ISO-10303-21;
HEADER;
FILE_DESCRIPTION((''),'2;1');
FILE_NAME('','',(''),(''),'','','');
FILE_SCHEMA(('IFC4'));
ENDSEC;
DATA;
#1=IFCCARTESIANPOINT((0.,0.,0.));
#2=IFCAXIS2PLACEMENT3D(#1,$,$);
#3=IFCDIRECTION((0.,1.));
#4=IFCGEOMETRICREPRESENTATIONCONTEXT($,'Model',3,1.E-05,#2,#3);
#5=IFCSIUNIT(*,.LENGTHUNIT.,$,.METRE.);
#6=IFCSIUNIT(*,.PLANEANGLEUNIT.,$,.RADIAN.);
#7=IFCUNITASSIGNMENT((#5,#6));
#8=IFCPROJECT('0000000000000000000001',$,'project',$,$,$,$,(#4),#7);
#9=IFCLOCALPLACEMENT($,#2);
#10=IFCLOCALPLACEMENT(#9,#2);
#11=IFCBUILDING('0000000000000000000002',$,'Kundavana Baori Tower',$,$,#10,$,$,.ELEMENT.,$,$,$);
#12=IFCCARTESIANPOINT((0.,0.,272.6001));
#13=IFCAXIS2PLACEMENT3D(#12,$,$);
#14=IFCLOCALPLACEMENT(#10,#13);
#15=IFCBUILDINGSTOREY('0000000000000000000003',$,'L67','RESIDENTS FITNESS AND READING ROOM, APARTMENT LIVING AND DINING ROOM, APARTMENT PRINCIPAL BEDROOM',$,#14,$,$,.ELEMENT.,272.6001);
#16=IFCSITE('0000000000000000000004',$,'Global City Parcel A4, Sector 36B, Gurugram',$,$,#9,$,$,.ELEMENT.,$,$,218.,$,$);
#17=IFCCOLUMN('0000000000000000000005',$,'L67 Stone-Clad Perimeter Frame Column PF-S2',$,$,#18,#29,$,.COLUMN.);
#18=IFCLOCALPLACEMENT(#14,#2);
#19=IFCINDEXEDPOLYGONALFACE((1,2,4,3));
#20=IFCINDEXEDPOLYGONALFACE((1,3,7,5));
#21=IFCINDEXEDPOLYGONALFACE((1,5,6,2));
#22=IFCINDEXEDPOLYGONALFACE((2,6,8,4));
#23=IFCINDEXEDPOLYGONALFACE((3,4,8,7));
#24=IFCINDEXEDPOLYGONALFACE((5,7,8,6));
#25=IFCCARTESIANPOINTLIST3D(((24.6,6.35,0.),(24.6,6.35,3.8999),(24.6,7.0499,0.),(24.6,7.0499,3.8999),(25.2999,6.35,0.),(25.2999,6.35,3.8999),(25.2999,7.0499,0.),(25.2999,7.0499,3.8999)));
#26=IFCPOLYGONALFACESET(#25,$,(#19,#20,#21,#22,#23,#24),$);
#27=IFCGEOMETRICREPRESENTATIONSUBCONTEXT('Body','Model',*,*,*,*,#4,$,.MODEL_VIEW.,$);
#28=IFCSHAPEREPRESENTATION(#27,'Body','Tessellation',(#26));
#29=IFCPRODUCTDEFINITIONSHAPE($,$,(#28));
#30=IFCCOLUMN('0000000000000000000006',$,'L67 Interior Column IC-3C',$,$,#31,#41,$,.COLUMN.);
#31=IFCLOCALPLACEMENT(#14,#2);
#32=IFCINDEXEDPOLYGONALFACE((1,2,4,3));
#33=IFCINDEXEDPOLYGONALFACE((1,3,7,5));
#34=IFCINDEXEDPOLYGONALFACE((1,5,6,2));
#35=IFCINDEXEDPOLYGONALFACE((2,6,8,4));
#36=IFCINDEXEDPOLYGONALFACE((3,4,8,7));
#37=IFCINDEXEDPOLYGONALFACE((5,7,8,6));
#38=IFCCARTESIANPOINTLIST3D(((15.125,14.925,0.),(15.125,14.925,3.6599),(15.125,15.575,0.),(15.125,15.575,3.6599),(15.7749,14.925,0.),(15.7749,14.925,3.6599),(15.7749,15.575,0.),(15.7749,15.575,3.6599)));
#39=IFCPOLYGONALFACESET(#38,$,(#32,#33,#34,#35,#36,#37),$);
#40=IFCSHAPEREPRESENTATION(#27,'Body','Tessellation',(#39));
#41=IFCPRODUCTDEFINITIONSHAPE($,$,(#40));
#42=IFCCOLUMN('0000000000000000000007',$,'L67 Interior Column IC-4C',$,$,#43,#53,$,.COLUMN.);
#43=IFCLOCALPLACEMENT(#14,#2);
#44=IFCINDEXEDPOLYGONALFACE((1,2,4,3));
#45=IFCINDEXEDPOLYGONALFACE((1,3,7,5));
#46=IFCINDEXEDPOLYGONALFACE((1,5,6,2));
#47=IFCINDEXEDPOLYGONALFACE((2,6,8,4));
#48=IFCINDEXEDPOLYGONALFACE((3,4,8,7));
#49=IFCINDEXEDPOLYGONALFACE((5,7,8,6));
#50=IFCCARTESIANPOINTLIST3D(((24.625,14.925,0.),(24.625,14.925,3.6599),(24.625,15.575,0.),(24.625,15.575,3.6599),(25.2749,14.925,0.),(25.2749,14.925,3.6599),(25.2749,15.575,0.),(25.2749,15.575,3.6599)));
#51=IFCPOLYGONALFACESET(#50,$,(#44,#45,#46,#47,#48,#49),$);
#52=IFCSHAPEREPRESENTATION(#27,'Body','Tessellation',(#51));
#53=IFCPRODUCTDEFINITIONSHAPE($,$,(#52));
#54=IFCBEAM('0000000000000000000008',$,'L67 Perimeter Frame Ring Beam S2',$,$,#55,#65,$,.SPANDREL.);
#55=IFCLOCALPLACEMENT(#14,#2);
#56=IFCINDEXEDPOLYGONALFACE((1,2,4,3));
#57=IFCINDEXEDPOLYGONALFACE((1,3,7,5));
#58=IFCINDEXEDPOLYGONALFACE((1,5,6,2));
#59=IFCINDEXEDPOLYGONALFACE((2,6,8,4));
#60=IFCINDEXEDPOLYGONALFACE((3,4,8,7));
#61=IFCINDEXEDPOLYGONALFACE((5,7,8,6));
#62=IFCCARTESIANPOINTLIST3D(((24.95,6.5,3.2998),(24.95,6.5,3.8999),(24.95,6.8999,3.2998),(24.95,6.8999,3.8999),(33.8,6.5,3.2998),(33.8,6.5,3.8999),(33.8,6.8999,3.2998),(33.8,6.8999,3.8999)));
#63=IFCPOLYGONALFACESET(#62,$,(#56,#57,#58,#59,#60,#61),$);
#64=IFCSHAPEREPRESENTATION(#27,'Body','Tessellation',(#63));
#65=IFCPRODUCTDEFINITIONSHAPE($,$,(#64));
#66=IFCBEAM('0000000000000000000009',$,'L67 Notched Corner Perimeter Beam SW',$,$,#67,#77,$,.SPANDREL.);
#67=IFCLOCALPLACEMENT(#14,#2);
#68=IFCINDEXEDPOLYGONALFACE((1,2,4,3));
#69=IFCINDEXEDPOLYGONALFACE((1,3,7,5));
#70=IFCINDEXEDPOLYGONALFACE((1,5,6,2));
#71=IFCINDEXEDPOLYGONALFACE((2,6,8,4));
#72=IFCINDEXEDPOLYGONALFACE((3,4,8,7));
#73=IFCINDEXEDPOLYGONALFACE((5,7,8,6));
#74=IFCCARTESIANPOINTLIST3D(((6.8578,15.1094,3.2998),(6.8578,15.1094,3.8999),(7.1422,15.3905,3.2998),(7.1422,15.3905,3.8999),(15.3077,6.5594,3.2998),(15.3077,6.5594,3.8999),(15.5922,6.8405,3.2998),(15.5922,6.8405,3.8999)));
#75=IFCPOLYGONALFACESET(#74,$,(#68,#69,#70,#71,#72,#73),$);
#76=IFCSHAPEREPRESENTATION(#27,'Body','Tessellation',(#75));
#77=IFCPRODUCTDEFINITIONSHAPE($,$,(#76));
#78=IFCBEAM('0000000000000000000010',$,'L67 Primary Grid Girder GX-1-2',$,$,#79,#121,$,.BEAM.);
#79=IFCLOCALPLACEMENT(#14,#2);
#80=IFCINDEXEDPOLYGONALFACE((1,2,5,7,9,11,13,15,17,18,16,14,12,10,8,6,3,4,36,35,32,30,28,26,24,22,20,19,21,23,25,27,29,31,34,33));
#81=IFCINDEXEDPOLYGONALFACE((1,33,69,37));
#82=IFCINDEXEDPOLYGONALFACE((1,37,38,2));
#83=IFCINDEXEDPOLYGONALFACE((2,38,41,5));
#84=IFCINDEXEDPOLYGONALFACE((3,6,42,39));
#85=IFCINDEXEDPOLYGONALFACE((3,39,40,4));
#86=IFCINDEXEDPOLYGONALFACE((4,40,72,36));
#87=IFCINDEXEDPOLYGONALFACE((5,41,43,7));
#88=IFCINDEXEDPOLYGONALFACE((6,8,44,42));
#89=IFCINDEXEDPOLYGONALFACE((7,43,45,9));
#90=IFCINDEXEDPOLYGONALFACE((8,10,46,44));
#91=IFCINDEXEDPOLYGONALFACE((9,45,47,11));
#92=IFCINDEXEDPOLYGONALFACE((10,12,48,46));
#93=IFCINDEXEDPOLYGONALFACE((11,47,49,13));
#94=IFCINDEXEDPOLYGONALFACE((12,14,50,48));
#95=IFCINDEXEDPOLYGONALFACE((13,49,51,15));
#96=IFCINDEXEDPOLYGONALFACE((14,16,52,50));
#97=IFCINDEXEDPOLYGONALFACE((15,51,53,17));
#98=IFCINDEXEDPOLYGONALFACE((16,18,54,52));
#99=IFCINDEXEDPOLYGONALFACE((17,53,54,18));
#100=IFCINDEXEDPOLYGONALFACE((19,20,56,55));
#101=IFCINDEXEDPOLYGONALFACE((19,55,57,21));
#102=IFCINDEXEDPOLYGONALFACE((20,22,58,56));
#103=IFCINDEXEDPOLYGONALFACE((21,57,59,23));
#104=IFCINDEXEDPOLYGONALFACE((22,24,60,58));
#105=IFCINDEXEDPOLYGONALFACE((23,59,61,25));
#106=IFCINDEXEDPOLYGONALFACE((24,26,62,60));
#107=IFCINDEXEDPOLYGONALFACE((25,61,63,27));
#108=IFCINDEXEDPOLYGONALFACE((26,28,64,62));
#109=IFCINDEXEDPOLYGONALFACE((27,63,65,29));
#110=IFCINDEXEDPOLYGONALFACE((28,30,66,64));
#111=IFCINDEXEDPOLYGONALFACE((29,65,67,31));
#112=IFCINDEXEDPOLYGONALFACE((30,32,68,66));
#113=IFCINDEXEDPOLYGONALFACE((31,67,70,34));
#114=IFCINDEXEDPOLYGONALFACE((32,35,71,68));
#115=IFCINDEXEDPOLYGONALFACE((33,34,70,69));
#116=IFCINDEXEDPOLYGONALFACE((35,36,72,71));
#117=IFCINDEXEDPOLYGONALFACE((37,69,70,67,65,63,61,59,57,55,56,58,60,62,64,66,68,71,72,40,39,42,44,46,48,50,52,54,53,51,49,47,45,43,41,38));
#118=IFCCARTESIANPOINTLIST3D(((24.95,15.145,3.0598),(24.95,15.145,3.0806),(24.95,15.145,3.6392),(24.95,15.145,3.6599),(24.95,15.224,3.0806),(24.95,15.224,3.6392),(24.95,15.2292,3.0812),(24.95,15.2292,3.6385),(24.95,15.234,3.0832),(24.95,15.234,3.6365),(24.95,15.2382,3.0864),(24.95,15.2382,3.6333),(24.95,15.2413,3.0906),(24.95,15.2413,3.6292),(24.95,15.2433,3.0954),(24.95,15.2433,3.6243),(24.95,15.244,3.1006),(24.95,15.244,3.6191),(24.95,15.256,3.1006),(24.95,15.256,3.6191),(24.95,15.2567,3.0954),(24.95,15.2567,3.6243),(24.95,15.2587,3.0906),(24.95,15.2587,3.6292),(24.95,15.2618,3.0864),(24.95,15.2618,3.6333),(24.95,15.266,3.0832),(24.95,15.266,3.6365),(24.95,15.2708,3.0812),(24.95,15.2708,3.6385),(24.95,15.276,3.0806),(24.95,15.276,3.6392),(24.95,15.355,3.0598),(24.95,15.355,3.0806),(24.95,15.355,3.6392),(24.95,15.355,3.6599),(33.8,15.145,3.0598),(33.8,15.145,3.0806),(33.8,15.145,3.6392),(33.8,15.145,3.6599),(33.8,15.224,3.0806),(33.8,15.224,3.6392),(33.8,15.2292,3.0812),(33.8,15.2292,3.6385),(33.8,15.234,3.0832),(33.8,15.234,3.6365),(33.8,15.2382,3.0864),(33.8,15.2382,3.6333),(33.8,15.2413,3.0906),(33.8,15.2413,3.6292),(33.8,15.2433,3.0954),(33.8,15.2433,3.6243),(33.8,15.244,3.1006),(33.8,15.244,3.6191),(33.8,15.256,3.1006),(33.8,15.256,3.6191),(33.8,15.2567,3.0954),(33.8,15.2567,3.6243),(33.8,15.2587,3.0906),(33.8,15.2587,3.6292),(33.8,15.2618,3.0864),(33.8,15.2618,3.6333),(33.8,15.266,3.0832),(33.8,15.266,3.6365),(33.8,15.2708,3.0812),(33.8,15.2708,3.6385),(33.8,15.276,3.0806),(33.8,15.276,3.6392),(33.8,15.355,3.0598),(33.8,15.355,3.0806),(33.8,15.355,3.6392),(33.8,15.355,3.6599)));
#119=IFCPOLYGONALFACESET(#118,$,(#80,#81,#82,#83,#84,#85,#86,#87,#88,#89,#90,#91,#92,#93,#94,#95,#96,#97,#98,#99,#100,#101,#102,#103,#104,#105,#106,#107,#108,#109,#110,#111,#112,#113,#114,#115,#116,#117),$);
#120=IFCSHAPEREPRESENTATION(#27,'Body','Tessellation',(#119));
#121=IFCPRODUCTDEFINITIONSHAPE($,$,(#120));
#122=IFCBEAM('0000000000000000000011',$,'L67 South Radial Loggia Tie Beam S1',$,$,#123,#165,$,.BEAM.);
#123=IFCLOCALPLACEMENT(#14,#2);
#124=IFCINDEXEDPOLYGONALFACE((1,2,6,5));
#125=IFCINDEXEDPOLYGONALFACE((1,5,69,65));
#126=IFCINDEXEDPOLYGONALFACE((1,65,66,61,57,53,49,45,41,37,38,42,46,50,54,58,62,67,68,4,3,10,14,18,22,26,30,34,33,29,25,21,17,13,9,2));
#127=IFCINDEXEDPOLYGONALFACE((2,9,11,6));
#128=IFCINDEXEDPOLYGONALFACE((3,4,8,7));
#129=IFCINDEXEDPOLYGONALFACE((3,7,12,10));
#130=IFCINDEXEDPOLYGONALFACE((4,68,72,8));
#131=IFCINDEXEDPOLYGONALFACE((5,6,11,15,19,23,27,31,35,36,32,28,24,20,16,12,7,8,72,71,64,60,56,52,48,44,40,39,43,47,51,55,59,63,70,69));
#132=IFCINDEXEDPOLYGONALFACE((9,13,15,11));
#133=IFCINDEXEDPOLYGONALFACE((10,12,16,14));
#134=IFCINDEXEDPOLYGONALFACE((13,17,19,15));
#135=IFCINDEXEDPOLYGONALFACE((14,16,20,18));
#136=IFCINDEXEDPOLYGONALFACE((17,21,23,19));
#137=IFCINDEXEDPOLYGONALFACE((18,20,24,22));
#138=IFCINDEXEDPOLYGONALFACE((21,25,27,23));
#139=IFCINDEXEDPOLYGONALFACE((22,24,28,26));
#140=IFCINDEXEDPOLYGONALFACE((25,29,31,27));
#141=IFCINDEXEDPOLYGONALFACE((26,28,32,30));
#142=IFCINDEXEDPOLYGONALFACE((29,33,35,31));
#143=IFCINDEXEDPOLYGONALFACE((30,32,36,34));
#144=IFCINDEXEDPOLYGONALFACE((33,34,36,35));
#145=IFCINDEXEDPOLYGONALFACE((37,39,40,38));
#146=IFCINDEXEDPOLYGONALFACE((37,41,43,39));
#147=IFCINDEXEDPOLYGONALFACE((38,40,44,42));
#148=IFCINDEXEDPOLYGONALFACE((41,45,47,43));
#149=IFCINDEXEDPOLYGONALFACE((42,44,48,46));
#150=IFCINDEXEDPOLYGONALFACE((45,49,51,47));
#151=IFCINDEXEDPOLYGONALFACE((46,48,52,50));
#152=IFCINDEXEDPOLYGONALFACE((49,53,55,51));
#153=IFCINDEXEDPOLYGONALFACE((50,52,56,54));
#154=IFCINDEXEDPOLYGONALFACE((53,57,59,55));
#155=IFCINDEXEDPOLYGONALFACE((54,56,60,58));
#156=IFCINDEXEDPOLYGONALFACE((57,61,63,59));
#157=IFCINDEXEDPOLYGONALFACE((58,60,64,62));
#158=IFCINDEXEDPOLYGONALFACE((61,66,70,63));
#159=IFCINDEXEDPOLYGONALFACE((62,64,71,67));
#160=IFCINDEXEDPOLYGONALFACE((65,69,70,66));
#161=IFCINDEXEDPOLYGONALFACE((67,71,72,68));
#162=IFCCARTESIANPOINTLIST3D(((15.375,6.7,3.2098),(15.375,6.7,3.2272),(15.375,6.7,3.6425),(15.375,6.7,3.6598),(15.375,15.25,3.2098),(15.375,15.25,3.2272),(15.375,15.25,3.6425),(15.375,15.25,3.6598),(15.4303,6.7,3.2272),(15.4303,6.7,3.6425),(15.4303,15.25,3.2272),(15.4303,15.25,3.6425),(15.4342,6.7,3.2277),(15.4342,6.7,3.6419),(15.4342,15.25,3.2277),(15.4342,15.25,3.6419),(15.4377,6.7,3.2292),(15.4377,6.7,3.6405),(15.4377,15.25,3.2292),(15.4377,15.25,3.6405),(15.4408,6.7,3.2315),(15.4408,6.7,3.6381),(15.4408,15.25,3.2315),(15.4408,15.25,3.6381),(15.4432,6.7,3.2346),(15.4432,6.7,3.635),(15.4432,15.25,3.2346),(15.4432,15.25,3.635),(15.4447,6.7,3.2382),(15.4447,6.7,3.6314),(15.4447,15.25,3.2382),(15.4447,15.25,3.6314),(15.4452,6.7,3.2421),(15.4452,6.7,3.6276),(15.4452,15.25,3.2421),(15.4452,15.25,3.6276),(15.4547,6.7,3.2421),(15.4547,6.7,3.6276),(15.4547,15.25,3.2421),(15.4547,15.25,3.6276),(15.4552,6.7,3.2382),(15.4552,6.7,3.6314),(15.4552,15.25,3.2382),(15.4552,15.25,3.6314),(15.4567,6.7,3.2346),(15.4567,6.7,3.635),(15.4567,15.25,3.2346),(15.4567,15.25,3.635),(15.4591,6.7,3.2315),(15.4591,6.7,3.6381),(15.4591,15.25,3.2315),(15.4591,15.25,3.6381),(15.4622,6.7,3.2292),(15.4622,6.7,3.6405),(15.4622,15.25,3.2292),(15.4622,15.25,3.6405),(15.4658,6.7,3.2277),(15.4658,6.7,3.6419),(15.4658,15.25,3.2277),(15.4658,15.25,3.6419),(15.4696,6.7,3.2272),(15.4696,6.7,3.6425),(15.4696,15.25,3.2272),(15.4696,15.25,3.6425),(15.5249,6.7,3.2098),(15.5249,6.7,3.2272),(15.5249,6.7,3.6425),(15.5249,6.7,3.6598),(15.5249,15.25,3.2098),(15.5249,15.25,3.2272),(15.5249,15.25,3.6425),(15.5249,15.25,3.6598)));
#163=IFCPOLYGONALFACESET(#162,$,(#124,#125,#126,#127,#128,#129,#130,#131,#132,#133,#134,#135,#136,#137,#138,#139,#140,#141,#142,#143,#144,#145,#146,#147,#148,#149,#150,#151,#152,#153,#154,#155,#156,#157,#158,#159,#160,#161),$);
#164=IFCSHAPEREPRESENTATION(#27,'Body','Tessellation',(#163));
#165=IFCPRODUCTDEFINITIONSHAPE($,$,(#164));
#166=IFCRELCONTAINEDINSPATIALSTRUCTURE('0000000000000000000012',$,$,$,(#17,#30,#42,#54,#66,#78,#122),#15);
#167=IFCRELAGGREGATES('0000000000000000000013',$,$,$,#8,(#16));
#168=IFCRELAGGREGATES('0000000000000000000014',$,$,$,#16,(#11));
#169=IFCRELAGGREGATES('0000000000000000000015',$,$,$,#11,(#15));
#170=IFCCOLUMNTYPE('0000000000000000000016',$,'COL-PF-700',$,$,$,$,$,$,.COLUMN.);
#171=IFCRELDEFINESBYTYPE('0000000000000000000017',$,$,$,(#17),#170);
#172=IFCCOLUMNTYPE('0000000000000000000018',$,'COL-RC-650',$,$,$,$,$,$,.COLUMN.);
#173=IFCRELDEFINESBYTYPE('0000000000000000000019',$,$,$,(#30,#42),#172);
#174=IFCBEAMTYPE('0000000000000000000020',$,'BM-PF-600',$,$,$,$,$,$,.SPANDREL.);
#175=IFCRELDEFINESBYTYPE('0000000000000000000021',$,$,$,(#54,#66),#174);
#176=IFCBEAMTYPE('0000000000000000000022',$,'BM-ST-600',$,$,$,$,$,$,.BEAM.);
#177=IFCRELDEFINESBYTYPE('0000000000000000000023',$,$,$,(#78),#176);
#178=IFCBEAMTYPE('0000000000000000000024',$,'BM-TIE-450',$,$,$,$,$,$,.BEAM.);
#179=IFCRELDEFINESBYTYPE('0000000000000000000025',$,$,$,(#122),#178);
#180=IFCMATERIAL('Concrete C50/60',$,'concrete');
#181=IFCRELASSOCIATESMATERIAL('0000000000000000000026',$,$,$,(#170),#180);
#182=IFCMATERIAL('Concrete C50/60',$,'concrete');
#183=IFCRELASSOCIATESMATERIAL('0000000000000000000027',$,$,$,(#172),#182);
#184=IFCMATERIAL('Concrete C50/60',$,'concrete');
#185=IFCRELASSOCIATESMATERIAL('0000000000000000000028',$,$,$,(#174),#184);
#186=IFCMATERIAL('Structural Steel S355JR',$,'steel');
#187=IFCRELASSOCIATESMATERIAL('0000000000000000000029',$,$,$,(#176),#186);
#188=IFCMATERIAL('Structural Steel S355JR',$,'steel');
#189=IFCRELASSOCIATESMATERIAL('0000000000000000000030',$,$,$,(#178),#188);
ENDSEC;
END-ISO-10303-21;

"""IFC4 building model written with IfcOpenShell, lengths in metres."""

from ifc_helpers import new_model, si_unit, direction, frame, origin, origin_2d, place, context, subcontext, project, spatial, rectangle, i_section, extrude, material, material_profile, profile_set, type_object, element, save


model = new_model("IFC4")

# Units and contexts
model_context = context("Model", 3, precision=1e-05, world=origin(), true_north=direction((0.0, 1.0)))
body_context = subcontext(model_context, "Body", "Model", "MODEL_VIEW")
ifc_project = project(units=[si_unit("LENGTHUNIT", "METRE"), si_unit("PLANEANGLEUNIT", "RADIAN")], contexts=[model_context])

# Site, building, storey
site_placement = place(None, origin())
site = spatial("IfcSite", under=ifc_project, at=site_placement, Name="Global City Parcel A4, Sector 36B, Gurugram", CompositionType="ELEMENT", RefElevation=218.0)
building_placement = place(site_placement, origin())
building = spatial("IfcBuilding", under=site, at=building_placement, Name="Kundavana Baori Tower", CompositionType="ELEMENT")
storey_placement = place(building_placement, frame((0.0, 0.0, 272.6001)))
storey = spatial("IfcBuildingStorey", under=building, at=storey_placement, Name="L67", Description="RESIDENTS FITNESS AND READING ROOM, APARTMENT LIVING AND DINING ROOM, APARTMENT PRINCIPAL BEDROOM", CompositionType="ELEMENT", Elevation=272.6001)

# Columns
ifc_material_1 = material(Name="Concrete C50/60", Category="concrete")
ifc_material_profile_1 = material_profile(ifc_material_1, rectangle(XDim=0.7, YDim=0.7, at=origin_2d()), Name="RC PF 700x700")
ifc_profile_set_1 = profile_set([ifc_material_profile_1], Name="Concrete C50/60")
column_type_1 = type_object("IfcColumnType", Name="COL-PF-700", PredefinedType="COLUMN", material=ifc_profile_set_1)
column_placement = place(storey_placement, frame((24.95, 6.7, 0.0), z_axis=(0.0, 0.0, 1.0), x_axis=(1.0, 0.0, 0.0)))
element("IfcColumn", 1, at=column_placement, inside=storey, type_object=column_type_1, Name="L67 Stone-Clad Perimeter Frame Column PF-S2", PredefinedType="COLUMN", context=body_context, shape_type="SweptSolid", body=[
    extrude(rectangle(XDim=0.7, YDim=0.7, at=origin_2d()), origin(), (0.0, 0.0, 1.0), 3.8999),
])
ifc_material_2 = material(Name="Concrete C50/60", Category="concrete")
ifc_material_profile_2 = material_profile(ifc_material_2, rectangle(XDim=0.6499, YDim=0.6499, at=origin_2d()), Name="RC 650x650")
ifc_profile_set_2 = profile_set([ifc_material_profile_2], Name="Concrete C50/60")
column_type_2 = type_object("IfcColumnType", Name="COL-RC-650", PredefinedType="COLUMN", material=ifc_profile_set_2)
for number, where, z_axis, x_axis, name in (
    (2, (15.45, 15.25, 0.0), (0.0, 0.0, 1.0), (1.0, 0.0, 0.0), "L67 Interior Column IC-3C"),
    (3, (24.95, 15.25, 0.0), (0.0, 0.0, 1.0), (1.0, 0.0, 0.0), "L67 Interior Column IC-4C"),
):
    element("IfcColumn", number, at=place(storey_placement, frame(where, z_axis=z_axis, x_axis=x_axis)), inside=storey, type_object=column_type_2, Name=name, PredefinedType="COLUMN", context=body_context, shape_type="SweptSolid", body=[
        extrude(rectangle(XDim=0.6499, YDim=0.6499, at=origin_2d()), origin(), (0.0, 0.0, 1.0), 3.6599),
    ])

# Beams
ifc_material_3 = material(Name="Concrete C50/60", Category="concrete")
ifc_material_profile_3 = material_profile(ifc_material_3, rectangle(XDim=0.3999, YDim=0.6001, at=origin_2d()), Name="RC BM 400x600")
ifc_profile_set_3 = profile_set([ifc_material_profile_3], Name="Concrete C50/60")
beam_type_1 = type_object("IfcBeamType", Name="BM-PF-600", PredefinedType="SPANDREL", material=ifc_profile_set_3)
beam_1_placement = place(storey_placement, frame((24.95, 6.7, 3.5999), z_axis=(1.0, 0.0, 0.0), x_axis=(0.0, 1.0, 0.0)))
element("IfcBeam", 4, at=beam_1_placement, inside=storey, type_object=beam_type_1, Name="L67 Perimeter Frame Ring Beam S2", PredefinedType="SPANDREL", context=body_context, shape_type="SweptSolid", body=[
    extrude(rectangle(XDim=0.3999, YDim=0.6001, at=origin_2d()), origin(), (0.0, 0.0, 1.0), 8.8501),
])
beam_2_placement = place(storey_placement, frame((15.45, 6.7, 3.5999), z_axis=(-0.702931, 0.711258, 0.0), x_axis=(-0.711258, -0.702931, 0.0)))
element("IfcBeam", 5, at=beam_2_placement, inside=storey, type_object=beam_type_1, Name="L67 Notched Corner Perimeter Beam SW", PredefinedType="SPANDREL", context=body_context, shape_type="SweptSolid", body=[
    extrude(rectangle(XDim=0.3999, YDim=0.6001, at=origin_2d()), origin(), (0.0, 0.0, 1.0), 12.021),
])
ifc_material_4 = material(Name="Structural Steel S355JR", Category="steel")
ifc_material_profile_4 = material_profile(ifc_material_4, i_section(OverallWidth=0.21, OverallDepth=0.6001, WebThickness=0.012, FlangeThickness=0.0208, FilletRadius=0.02, at=origin_2d()), Name="ISMB 600")
ifc_profile_set_4 = profile_set([ifc_material_profile_4], Name="Structural Steel S355JR")
beam_type_2 = type_object("IfcBeamType", Name="BM-ST-600", PredefinedType="BEAM", material=ifc_profile_set_4)
beam_3_placement = place(storey_placement, frame((24.95, 15.25, 3.3599), z_axis=(1.0, 0.0, 0.0), x_axis=(0.0, 1.0, 0.0)))
element("IfcBeam", 6, at=beam_3_placement, inside=storey, type_object=beam_type_2, Name="L67 Primary Grid Girder GX-1-2", PredefinedType="BEAM", context=body_context, shape_type="SweptSolid", body=[
    extrude(i_section(OverallWidth=0.21, OverallDepth=0.6001, WebThickness=0.012, FlangeThickness=0.0208, FilletRadius=0.02, at=origin_2d()), origin(), (0.0, 0.0, 1.0), 8.8501),
])
ifc_material_5 = material(Name="Structural Steel S355JR", Category="steel")
ifc_material_profile_5 = material_profile(ifc_material_5, i_section(OverallWidth=0.1499, OverallDepth=0.45, WebThickness=0.0095, FlangeThickness=0.0173, FilletRadius=0.0149, at=origin_2d()), Name="ISMB 450")
ifc_profile_set_5 = profile_set([ifc_material_profile_5], Name="Structural Steel S355JR")
beam_type_3 = type_object("IfcBeamType", Name="BM-TIE-450", PredefinedType="BEAM", material=ifc_profile_set_5)
for number, where, z_axis, x_axis, name in (
    (7, (15.45, 15.25, 3.4348), (0.0, -1.0, 0.0), (1.0, 0.0, 0.0), "L67 South Radial Loggia Tie Beam S1"),
):
    element("IfcBeam", number, at=place(storey_placement, frame(where, z_axis=z_axis, x_axis=x_axis)), inside=storey, type_object=beam_type_3, Name=name, PredefinedType="BEAM", context=body_context, shape_type="SweptSolid", body=[
        extrude(i_section(OverallWidth=0.1499, OverallDepth=0.45, WebThickness=0.0095, FlangeThickness=0.0173, FilletRadius=0.0149, at=origin_2d()), origin(), (0.0, 0.0, 1.0), 8.55),
    ])

save(model, "model.ifc")
